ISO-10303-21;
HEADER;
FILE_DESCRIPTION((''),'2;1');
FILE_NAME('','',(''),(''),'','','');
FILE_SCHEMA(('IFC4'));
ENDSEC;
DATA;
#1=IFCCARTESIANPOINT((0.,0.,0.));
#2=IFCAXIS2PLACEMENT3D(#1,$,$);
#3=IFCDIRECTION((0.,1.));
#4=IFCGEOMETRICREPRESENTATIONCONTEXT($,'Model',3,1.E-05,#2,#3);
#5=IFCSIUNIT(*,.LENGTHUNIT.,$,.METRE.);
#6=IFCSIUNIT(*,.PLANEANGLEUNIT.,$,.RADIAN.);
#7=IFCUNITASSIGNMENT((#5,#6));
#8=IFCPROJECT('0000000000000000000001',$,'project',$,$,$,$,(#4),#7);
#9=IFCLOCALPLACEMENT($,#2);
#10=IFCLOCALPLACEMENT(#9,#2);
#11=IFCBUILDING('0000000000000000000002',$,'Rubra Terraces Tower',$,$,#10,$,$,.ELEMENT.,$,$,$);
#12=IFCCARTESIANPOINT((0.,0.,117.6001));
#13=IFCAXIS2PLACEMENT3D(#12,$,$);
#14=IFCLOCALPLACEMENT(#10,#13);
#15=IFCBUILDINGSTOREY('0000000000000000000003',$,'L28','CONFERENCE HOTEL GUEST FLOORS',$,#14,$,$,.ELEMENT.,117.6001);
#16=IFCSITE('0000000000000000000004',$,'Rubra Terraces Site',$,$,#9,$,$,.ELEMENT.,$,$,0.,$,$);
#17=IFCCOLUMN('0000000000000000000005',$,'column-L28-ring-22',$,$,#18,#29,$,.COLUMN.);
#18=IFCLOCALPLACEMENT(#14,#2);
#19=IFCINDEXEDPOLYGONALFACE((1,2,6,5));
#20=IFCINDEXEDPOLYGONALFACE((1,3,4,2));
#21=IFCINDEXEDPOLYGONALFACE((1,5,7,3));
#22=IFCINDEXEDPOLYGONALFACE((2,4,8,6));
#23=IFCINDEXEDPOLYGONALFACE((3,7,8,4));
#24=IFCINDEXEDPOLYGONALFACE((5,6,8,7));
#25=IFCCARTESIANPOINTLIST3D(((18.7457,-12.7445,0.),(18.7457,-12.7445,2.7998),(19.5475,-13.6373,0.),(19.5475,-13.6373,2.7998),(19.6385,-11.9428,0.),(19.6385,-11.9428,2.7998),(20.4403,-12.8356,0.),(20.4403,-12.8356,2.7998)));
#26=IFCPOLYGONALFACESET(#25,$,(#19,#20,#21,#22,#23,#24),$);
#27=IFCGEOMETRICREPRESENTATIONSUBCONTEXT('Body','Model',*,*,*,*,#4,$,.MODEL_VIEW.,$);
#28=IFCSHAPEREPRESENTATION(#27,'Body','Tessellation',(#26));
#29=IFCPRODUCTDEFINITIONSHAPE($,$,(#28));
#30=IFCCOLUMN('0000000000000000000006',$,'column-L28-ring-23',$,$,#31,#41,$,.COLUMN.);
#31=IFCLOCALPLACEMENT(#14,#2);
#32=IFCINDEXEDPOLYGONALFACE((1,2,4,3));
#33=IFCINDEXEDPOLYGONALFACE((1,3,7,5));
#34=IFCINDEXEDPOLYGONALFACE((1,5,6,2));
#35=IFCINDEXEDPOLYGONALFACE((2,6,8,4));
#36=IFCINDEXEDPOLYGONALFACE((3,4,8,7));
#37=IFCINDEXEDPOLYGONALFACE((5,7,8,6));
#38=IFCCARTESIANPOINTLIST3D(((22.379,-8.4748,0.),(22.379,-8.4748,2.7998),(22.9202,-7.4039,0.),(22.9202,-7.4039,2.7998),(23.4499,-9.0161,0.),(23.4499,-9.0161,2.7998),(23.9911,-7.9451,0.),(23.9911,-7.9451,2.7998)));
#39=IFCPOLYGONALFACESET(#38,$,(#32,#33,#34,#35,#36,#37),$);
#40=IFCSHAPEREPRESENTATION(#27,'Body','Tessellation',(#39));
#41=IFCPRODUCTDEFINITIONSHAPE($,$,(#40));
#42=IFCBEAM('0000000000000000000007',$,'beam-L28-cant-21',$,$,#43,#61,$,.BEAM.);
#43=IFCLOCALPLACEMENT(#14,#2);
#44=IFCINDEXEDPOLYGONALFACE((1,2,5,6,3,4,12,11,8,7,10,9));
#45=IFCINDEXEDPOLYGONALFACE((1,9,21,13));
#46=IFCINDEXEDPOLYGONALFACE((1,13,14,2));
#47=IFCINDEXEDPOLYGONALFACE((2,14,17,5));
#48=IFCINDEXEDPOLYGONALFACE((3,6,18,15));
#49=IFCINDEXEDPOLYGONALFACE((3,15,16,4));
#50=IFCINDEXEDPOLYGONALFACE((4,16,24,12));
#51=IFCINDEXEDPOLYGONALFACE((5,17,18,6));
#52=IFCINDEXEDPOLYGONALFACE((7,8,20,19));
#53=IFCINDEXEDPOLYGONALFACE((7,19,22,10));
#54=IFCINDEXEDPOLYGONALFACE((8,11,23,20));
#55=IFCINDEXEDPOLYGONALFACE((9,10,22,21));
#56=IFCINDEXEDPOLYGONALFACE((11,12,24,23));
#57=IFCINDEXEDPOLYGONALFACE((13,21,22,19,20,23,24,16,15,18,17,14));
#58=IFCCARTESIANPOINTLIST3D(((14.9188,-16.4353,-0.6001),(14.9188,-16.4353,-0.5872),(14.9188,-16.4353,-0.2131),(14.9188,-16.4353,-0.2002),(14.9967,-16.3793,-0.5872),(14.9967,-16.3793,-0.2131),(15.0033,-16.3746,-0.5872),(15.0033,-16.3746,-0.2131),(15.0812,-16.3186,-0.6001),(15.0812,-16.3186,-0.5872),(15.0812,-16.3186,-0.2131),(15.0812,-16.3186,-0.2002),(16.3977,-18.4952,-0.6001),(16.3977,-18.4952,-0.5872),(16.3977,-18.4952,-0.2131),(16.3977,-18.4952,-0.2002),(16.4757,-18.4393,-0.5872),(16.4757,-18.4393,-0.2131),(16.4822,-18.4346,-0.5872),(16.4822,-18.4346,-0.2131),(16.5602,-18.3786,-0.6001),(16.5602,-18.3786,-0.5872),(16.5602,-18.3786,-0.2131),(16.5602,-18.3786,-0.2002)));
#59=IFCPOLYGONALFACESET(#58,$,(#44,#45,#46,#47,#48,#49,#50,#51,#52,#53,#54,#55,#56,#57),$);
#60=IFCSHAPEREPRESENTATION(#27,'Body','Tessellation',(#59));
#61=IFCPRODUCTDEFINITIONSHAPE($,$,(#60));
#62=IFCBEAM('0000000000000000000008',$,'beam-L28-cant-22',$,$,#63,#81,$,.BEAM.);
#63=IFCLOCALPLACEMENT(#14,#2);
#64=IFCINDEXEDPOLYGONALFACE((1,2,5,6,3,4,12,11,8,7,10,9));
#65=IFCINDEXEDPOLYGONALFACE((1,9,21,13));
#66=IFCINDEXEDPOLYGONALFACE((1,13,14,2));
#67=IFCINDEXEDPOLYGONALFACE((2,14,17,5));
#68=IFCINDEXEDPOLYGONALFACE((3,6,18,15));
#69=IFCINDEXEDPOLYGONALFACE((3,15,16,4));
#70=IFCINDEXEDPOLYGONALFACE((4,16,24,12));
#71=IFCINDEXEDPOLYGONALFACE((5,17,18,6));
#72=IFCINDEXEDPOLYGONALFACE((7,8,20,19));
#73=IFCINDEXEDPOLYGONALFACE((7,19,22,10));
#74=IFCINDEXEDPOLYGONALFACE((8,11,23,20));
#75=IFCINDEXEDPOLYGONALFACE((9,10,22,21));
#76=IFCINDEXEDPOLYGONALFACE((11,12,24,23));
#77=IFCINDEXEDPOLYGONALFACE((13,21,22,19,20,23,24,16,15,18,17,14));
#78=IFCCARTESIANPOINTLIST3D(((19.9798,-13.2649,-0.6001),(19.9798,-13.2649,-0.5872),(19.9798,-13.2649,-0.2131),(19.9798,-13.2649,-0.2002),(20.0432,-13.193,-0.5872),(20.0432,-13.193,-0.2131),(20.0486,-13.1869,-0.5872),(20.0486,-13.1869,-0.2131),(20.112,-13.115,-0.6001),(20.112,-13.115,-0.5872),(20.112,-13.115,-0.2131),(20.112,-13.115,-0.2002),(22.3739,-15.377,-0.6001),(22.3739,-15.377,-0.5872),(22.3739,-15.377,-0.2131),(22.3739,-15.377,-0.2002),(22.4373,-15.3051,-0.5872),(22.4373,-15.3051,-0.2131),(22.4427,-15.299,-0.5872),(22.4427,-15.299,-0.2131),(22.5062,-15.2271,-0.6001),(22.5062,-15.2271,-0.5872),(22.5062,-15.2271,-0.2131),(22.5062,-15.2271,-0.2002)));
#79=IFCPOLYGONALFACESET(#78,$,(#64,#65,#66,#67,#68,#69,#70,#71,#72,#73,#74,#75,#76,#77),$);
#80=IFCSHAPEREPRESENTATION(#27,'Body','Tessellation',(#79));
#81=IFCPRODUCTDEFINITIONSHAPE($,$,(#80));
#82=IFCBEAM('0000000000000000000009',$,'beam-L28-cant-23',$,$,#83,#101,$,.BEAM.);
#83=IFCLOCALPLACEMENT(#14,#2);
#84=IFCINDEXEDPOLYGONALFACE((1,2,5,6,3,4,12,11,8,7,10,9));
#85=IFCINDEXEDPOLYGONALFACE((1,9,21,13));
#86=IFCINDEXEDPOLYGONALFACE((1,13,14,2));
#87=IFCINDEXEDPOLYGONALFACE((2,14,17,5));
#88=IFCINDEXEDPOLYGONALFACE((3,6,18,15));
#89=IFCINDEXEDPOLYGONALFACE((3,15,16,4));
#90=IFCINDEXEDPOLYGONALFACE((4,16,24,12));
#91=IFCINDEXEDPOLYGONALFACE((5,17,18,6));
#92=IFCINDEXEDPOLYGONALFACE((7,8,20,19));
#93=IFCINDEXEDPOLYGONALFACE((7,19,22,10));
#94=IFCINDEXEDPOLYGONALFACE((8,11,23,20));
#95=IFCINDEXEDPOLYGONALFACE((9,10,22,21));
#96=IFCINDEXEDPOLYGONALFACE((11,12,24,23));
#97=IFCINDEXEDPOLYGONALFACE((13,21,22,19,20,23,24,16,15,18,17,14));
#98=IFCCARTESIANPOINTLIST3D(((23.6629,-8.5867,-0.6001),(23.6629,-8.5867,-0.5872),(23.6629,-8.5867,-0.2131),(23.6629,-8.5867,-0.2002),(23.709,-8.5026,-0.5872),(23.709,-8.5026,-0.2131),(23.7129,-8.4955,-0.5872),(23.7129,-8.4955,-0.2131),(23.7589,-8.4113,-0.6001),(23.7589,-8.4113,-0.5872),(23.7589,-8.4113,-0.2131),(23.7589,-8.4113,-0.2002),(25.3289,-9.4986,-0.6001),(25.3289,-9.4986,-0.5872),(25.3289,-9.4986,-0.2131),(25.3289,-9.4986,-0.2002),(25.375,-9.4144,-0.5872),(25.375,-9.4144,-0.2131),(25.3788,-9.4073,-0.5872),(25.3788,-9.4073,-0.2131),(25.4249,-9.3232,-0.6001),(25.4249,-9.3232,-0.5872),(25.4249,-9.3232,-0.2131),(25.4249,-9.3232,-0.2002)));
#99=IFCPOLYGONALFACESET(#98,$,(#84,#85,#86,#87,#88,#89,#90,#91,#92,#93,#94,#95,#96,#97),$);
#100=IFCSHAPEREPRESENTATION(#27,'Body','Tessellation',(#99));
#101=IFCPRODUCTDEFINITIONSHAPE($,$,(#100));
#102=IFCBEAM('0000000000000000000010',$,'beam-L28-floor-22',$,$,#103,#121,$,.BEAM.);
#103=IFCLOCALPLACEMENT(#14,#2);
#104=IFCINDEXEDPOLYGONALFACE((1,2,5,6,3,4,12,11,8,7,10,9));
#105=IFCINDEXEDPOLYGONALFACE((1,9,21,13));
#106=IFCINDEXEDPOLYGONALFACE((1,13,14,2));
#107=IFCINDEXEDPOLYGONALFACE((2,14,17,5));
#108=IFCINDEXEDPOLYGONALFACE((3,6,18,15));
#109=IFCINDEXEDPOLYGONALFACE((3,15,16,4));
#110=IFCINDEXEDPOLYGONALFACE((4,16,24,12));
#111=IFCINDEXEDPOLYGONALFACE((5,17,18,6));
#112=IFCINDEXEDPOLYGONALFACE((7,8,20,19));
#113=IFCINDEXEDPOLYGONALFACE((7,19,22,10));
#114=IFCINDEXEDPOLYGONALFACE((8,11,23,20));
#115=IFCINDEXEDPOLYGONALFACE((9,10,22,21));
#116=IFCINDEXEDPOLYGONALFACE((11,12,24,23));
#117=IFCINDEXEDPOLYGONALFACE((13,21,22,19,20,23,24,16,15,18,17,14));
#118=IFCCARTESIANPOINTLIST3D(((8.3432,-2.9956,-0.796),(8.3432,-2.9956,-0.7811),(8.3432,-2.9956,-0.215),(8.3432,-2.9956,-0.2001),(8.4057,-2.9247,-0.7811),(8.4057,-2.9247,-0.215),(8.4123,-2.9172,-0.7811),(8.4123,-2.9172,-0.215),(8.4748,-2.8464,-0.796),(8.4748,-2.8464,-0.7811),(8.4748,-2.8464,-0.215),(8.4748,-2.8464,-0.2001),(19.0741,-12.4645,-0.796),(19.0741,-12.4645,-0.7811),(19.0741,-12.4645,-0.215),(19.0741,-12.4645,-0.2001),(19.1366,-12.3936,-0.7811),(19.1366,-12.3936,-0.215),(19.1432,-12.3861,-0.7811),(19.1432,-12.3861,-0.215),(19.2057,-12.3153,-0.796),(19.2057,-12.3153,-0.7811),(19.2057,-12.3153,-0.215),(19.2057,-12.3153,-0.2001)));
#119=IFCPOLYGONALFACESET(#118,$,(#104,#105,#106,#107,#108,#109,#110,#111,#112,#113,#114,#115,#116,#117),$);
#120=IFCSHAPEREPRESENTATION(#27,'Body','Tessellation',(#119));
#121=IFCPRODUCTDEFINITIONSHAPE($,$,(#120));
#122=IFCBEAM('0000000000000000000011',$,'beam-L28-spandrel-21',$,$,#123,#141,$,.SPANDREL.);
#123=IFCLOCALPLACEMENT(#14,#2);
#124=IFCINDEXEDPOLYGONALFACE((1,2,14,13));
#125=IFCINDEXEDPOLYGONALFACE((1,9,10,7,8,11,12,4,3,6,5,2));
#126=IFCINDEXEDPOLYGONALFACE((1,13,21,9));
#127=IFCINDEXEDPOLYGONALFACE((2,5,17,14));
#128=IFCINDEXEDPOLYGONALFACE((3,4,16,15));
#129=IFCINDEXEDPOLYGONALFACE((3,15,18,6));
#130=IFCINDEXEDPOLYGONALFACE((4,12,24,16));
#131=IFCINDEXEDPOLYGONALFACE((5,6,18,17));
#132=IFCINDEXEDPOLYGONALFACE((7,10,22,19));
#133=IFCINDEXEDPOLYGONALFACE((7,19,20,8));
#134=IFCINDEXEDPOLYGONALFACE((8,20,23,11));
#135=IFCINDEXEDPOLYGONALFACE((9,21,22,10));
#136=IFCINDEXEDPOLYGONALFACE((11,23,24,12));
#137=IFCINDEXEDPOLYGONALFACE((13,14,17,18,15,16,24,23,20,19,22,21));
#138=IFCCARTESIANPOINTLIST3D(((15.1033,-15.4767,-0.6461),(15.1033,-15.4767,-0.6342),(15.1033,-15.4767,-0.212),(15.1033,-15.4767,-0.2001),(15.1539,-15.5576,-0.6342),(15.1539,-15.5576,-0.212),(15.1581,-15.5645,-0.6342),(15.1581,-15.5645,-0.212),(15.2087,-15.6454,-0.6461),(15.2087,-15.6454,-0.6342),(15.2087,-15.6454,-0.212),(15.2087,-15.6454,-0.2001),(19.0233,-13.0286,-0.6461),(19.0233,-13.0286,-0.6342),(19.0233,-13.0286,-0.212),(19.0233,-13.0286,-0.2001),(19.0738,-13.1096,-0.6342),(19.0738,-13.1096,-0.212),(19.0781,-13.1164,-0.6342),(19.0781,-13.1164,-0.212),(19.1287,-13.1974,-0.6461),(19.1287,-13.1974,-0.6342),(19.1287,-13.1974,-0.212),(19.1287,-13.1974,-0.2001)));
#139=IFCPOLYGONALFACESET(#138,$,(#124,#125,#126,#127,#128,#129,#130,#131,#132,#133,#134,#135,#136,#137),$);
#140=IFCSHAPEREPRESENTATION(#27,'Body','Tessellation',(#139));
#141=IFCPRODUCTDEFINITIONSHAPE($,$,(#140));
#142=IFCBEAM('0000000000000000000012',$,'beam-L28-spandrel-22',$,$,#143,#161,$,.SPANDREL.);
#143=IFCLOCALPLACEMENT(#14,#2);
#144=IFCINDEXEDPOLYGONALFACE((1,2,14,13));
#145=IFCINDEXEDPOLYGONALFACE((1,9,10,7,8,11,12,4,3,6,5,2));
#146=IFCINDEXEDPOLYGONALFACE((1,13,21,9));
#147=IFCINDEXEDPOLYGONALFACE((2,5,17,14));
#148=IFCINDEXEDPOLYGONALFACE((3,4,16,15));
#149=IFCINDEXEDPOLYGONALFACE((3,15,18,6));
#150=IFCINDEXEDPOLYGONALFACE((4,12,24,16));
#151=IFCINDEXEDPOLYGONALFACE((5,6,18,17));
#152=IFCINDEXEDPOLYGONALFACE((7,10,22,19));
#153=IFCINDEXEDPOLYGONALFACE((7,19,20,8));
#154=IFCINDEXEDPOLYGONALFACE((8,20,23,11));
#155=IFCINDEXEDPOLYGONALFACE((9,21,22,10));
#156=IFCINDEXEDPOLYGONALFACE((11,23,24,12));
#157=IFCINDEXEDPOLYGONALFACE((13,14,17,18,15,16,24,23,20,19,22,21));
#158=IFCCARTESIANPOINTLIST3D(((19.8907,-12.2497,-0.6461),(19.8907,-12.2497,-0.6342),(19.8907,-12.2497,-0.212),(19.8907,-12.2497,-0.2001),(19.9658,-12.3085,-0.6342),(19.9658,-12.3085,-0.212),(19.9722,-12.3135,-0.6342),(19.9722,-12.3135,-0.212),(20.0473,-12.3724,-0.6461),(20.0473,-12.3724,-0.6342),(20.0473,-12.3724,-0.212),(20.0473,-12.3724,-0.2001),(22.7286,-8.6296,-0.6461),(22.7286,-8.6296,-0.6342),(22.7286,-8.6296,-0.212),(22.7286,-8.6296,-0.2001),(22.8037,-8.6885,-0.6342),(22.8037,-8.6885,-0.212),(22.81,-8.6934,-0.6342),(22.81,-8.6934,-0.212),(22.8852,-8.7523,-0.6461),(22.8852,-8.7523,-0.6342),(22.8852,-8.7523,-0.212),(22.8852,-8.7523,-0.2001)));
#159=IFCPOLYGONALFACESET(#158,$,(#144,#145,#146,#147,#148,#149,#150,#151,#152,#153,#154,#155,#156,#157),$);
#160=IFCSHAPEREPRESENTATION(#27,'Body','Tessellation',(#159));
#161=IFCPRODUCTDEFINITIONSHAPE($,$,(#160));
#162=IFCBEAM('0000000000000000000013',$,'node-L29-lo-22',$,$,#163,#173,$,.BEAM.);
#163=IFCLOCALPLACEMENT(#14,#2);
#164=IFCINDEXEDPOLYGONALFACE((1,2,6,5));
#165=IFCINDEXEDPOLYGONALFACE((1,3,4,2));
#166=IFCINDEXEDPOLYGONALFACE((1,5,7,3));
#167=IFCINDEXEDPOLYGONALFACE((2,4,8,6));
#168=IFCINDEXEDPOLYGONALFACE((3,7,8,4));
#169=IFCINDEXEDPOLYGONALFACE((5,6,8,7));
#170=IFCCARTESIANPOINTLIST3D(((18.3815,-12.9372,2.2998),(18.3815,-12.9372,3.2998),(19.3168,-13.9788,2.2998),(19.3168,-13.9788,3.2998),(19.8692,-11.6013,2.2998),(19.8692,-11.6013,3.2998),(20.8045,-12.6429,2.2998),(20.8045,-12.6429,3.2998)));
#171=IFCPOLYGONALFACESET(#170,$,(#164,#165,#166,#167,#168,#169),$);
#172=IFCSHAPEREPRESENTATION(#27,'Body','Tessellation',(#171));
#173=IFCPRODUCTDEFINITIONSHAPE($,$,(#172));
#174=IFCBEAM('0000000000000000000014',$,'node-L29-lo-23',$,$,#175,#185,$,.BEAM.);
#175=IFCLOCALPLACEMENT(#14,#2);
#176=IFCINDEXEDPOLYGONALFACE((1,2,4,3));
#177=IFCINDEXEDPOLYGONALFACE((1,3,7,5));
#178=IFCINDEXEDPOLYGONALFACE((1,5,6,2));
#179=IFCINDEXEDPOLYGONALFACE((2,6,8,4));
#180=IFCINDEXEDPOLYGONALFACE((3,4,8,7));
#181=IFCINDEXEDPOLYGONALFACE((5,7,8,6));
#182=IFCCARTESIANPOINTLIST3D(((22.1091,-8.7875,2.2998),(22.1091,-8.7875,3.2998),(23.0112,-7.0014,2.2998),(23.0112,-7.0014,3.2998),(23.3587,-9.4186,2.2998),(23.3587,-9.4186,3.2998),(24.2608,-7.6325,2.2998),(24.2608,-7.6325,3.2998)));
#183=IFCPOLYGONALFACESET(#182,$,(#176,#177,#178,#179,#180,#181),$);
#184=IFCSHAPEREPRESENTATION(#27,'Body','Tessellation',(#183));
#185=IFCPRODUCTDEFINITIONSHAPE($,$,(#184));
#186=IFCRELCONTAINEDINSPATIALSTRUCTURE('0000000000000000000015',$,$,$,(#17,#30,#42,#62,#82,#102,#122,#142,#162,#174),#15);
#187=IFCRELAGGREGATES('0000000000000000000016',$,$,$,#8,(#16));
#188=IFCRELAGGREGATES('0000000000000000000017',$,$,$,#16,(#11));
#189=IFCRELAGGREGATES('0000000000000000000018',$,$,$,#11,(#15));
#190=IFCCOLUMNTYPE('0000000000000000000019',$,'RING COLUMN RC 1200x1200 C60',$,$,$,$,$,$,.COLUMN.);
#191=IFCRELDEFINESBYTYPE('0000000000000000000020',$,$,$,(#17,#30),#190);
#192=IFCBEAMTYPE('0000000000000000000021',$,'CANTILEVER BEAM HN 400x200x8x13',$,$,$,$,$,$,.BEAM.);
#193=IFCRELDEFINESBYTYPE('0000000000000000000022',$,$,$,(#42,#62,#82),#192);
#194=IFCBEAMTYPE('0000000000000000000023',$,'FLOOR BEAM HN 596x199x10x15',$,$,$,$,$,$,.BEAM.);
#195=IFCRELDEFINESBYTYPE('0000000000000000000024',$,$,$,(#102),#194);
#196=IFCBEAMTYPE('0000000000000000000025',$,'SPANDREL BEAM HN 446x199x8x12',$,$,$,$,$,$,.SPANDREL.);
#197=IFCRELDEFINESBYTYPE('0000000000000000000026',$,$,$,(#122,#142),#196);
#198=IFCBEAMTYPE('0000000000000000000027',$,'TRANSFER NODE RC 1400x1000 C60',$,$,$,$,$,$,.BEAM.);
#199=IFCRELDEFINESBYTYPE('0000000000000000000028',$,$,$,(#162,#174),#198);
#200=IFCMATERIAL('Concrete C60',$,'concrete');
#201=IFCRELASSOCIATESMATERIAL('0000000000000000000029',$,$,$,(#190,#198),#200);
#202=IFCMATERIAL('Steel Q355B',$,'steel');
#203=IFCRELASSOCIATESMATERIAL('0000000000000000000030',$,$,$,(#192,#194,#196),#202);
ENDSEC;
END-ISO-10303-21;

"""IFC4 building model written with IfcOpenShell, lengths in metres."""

from ifc_helpers import new_model, si_unit, direction, frame, origin, origin_2d, place, context, subcontext, project, spatial, rectangle, i_section, extrude, material, material_profile, profile_set, type_object, element, save


model = new_model("IFC4")

# Units and contexts
model_context = context("Model", 3, precision=1e-05, world=origin(), true_north=direction((0.0, 1.0)))
body_context = subcontext(model_context, "Body", "Model", "MODEL_VIEW")
ifc_project = project(units=[si_unit("LENGTHUNIT", "METRE"), si_unit("PLANEANGLEUNIT", "RADIAN")], contexts=[model_context])

# Site, building, storey
site_placement = place(None, origin())
site = spatial("IfcSite", under=ifc_project, at=site_placement, Name="Rubra Terraces Site", CompositionType="ELEMENT", RefElevation=0.0)
building_placement = place(site_placement, origin())
building = spatial("IfcBuilding", under=site, at=building_placement, Name="Rubra Terraces Tower", CompositionType="ELEMENT")
storey_placement = place(building_placement, frame((0.0, 0.0, 117.6001)))
storey = spatial("IfcBuildingStorey", under=building, at=storey_placement, Name="L28", Description="CONFERENCE HOTEL GUEST FLOORS", CompositionType="ELEMENT", Elevation=117.6001)

# Columns
ifc_material_1 = material(Name="Concrete C60", Category="concrete")
ifc_material_profile_1 = material_profile(ifc_material_1, rectangle(XDim=1.2, YDim=1.2, at=origin_2d()), Name="RC 1200x1200")
ifc_profile_set_1 = profile_set([ifc_material_profile_1], Name="Concrete C60")
column_type = type_object("IfcColumnType", Name="RING COLUMN RC 1200x1200 C60", PredefinedType="COLUMN", material=ifc_profile_set_1)
for number, where, z_axis, x_axis, name in (
    (1, (19.593, -12.79, 0.0), (0.0, 0.0, 1.0), (0.744021, 0.668156, 0.0), "column-L28-ring-22"),
    (2, (23.1851, -8.21, 0.0), (0.0, 0.0, 1.0), (0.451028, 0.89251, 0.0), "column-L28-ring-23"),
):
    element("IfcColumn", number, at=place(storey_placement, frame(where, z_axis=z_axis, x_axis=x_axis)), inside=storey, type_object=column_type, Name=name, PredefinedType="COLUMN", context=body_context, shape_type="SweptSolid", body=[
        extrude(rectangle(XDim=1.2, YDim=1.2, at=origin_2d()), origin(), (0.0, 0.0, 1.0), 2.7998),
    ])

# Beams
ifc_material_2 = material(Name="Steel Q355B", Category="steel")
ifc_material_profile_2 = material_profile(ifc_material_2, i_section(OverallWidth=0.2, OverallDepth=0.3999, WebThickness=0.0081, FlangeThickness=0.0129, at=origin_2d()), Name="HN 400x200x8x13")
ifc_profile_set_2 = profile_set([ifc_material_profile_2], Name="Steel Q355B")
beam_type_1 = type_object("IfcBeamType", Name="CANTILEVER BEAM HN 400x200x8x13", PredefinedType="BEAM", material=ifc_profile_set_2)
beam_1_placement = place(storey_placement, frame((15.0, -16.377, -0.4001), z_axis=(0.583204, -0.812326, 0.0), x_axis=(0.812326, 0.583204, 0.0)))
element("IfcBeam", 3, at=beam_1_placement, inside=storey, type_object=beam_type_1, Name="beam-L28-cant-21", PredefinedType="BEAM", context=body_context, shape_type="SweptSolid", body=[
    extrude(i_section(OverallWidth=0.2, OverallDepth=0.3999, WebThickness=0.0081, FlangeThickness=0.0129, at=origin_2d()), origin(), (0.0, 0.0, 1.0), 2.5359),
])
beam_2_placement = place(storey_placement, frame((20.0459, -13.1899, -0.4001), z_axis=(0.749889, -0.661563, 0.0), x_axis=(0.661563, 0.749889, 0.0)))
element("IfcBeam", 4, at=beam_2_placement, inside=storey, type_object=beam_type_1, Name="beam-L28-cant-22", PredefinedType="BEAM", context=body_context, shape_type="SweptSolid", body=[
    extrude(i_section(OverallWidth=0.2, OverallDepth=0.3999, WebThickness=0.0081, FlangeThickness=0.0129, at=origin_2d()), origin(), (0.0, 0.0, 1.0), 3.1926),
])
beam_3_placement = place(storey_placement, frame((23.7109, -8.499, -0.4001), z_axis=(0.877202, -0.480122, 0.0), x_axis=(0.480122, 0.877202, 0.0)))
element("IfcBeam", 5, at=beam_3_placement, inside=storey, type_object=beam_type_1, Name="beam-L28-cant-23", PredefinedType="BEAM", context=body_context, shape_type="SweptSolid", body=[
    extrude(i_section(OverallWidth=0.2, OverallDepth=0.3999, WebThickness=0.0081, FlangeThickness=0.0129, at=origin_2d()), origin(), (0.0, 0.0, 1.0), 1.8992),
])
ifc_material_profile_3 = material_profile(ifc_material_2, i_section(OverallWidth=0.199, OverallDepth=0.5959, WebThickness=0.01, FlangeThickness=0.0149, at=origin_2d()), Name="HN 596x199x10x15")
ifc_profile_set_3 = profile_set([ifc_material_profile_3], Name="Steel Q355B")
beam_type_2 = type_object("IfcBeamType", Name="FLOOR BEAM HN 596x199x10x15", PredefinedType="BEAM", material=ifc_profile_set_3)
beam_4_placement = place(storey_placement, frame((19.1399, -12.3899, -0.498), z_axis=(-0.74982, 0.661641, 0.0), x_axis=(-0.661641, -0.74982, 0.0)))
element("IfcBeam", 6, at=beam_4_placement, inside=storey, type_object=beam_type_2, Name="beam-L28-floor-22", PredefinedType="BEAM", context=body_context, shape_type="SweptSolid", body=[
    extrude(i_section(OverallWidth=0.199, OverallDepth=0.5959, WebThickness=0.01, FlangeThickness=0.0149, at=origin_2d()), origin(), (0.0, 0.0, 1.0), 14.3113),
])
ifc_material_profile_4 = material_profile(ifc_material_2, i_section(OverallWidth=0.199, OverallDepth=0.446, WebThickness=0.0081, FlangeThickness=0.012, at=origin_2d()), Name="HN 446x199x8x12")
ifc_profile_set_4 = profile_set([ifc_material_profile_4], Name="Steel Q355B")
beam_type_3 = type_object("IfcBeamType", Name="SPANDREL BEAM HN 446x199x8x12", PredefinedType="SPANDREL", material=ifc_profile_set_4)
beam_5_placement = place(storey_placement, frame((15.156, -15.561, -0.4231), z_axis=(0.848188, 0.529695, 0.0), x_axis=(-0.529695, 0.848188, 0.0)))
element("IfcBeam", 7, at=beam_5_placement, inside=storey, type_object=beam_type_3, Name="beam-L28-spandrel-21", PredefinedType="SPANDREL", context=body_context, shape_type="SweptSolid", body=[
    extrude(i_section(OverallWidth=0.199, OverallDepth=0.446, WebThickness=0.0081, FlangeThickness=0.012, at=origin_2d()), origin(), (0.0, 0.0, 1.0), 4.6216),
])
beam_6_placement = place(storey_placement, frame((19.969, -12.311, -0.4231), z_axis=(0.616949, 0.787003, 0.0), x_axis=(-0.787003, 0.616949, 0.0)))
element("IfcBeam", 8, at=beam_6_placement, inside=storey, type_object=beam_type_3, Name="beam-L28-spandrel-22", PredefinedType="SPANDREL", context=body_context, shape_type="SweptSolid", body=[
    extrude(i_section(OverallWidth=0.199, OverallDepth=0.446, WebThickness=0.0081, FlangeThickness=0.012, at=origin_2d()), origin(), (0.0, 0.0, 1.0), 4.5999),
])
ifc_material_profile_5 = material_profile(ifc_material_1, rectangle(XDim=1.3999, YDim=1.0, at=origin_2d()), Name="RC 1400x1000")
ifc_profile_set_5 = profile_set([ifc_material_profile_5], Name="Concrete C60")
beam_type_4 = type_object("IfcBeamType", Name="TRANSFER NODE RC 1400x1000 C60", PredefinedType="BEAM", material=ifc_profile_set_5)
beam_7_placement = place(storey_placement, frame((18.8491, -13.458, 2.7998), z_axis=(0.744059, 0.668114, 0.0), x_axis=(-0.668114, 0.744059, 0.0)))
element("IfcBeam", 9, at=beam_7_placement, inside=storey, type_object=beam_type_4, Name="node-L29-lo-22", PredefinedType="BEAM", context=body_context, shape_type="SweptSolid", body=[
    extrude(rectangle(XDim=1.3999, YDim=1.0, at=origin_2d()), origin(), (0.0, 0.0, 1.0), 1.9995),
])
beam_8_placement = place(storey_placement, frame((22.7339, -9.103, 2.7998), z_axis=(0.450821, 0.892614, 0.0), x_axis=(-0.892614, 0.450821, 0.0)))
element("IfcBeam", 10, at=beam_8_placement, inside=storey, type_object=beam_type_4, Name="node-L29-lo-23", PredefinedType="BEAM", context=body_context, shape_type="SweptSolid", body=[
    extrude(rectangle(XDim=1.3999, YDim=1.0, at=origin_2d()), origin(), (0.0, 0.0, 1.0), 2.001),
])

save(model, "model.ifc")
